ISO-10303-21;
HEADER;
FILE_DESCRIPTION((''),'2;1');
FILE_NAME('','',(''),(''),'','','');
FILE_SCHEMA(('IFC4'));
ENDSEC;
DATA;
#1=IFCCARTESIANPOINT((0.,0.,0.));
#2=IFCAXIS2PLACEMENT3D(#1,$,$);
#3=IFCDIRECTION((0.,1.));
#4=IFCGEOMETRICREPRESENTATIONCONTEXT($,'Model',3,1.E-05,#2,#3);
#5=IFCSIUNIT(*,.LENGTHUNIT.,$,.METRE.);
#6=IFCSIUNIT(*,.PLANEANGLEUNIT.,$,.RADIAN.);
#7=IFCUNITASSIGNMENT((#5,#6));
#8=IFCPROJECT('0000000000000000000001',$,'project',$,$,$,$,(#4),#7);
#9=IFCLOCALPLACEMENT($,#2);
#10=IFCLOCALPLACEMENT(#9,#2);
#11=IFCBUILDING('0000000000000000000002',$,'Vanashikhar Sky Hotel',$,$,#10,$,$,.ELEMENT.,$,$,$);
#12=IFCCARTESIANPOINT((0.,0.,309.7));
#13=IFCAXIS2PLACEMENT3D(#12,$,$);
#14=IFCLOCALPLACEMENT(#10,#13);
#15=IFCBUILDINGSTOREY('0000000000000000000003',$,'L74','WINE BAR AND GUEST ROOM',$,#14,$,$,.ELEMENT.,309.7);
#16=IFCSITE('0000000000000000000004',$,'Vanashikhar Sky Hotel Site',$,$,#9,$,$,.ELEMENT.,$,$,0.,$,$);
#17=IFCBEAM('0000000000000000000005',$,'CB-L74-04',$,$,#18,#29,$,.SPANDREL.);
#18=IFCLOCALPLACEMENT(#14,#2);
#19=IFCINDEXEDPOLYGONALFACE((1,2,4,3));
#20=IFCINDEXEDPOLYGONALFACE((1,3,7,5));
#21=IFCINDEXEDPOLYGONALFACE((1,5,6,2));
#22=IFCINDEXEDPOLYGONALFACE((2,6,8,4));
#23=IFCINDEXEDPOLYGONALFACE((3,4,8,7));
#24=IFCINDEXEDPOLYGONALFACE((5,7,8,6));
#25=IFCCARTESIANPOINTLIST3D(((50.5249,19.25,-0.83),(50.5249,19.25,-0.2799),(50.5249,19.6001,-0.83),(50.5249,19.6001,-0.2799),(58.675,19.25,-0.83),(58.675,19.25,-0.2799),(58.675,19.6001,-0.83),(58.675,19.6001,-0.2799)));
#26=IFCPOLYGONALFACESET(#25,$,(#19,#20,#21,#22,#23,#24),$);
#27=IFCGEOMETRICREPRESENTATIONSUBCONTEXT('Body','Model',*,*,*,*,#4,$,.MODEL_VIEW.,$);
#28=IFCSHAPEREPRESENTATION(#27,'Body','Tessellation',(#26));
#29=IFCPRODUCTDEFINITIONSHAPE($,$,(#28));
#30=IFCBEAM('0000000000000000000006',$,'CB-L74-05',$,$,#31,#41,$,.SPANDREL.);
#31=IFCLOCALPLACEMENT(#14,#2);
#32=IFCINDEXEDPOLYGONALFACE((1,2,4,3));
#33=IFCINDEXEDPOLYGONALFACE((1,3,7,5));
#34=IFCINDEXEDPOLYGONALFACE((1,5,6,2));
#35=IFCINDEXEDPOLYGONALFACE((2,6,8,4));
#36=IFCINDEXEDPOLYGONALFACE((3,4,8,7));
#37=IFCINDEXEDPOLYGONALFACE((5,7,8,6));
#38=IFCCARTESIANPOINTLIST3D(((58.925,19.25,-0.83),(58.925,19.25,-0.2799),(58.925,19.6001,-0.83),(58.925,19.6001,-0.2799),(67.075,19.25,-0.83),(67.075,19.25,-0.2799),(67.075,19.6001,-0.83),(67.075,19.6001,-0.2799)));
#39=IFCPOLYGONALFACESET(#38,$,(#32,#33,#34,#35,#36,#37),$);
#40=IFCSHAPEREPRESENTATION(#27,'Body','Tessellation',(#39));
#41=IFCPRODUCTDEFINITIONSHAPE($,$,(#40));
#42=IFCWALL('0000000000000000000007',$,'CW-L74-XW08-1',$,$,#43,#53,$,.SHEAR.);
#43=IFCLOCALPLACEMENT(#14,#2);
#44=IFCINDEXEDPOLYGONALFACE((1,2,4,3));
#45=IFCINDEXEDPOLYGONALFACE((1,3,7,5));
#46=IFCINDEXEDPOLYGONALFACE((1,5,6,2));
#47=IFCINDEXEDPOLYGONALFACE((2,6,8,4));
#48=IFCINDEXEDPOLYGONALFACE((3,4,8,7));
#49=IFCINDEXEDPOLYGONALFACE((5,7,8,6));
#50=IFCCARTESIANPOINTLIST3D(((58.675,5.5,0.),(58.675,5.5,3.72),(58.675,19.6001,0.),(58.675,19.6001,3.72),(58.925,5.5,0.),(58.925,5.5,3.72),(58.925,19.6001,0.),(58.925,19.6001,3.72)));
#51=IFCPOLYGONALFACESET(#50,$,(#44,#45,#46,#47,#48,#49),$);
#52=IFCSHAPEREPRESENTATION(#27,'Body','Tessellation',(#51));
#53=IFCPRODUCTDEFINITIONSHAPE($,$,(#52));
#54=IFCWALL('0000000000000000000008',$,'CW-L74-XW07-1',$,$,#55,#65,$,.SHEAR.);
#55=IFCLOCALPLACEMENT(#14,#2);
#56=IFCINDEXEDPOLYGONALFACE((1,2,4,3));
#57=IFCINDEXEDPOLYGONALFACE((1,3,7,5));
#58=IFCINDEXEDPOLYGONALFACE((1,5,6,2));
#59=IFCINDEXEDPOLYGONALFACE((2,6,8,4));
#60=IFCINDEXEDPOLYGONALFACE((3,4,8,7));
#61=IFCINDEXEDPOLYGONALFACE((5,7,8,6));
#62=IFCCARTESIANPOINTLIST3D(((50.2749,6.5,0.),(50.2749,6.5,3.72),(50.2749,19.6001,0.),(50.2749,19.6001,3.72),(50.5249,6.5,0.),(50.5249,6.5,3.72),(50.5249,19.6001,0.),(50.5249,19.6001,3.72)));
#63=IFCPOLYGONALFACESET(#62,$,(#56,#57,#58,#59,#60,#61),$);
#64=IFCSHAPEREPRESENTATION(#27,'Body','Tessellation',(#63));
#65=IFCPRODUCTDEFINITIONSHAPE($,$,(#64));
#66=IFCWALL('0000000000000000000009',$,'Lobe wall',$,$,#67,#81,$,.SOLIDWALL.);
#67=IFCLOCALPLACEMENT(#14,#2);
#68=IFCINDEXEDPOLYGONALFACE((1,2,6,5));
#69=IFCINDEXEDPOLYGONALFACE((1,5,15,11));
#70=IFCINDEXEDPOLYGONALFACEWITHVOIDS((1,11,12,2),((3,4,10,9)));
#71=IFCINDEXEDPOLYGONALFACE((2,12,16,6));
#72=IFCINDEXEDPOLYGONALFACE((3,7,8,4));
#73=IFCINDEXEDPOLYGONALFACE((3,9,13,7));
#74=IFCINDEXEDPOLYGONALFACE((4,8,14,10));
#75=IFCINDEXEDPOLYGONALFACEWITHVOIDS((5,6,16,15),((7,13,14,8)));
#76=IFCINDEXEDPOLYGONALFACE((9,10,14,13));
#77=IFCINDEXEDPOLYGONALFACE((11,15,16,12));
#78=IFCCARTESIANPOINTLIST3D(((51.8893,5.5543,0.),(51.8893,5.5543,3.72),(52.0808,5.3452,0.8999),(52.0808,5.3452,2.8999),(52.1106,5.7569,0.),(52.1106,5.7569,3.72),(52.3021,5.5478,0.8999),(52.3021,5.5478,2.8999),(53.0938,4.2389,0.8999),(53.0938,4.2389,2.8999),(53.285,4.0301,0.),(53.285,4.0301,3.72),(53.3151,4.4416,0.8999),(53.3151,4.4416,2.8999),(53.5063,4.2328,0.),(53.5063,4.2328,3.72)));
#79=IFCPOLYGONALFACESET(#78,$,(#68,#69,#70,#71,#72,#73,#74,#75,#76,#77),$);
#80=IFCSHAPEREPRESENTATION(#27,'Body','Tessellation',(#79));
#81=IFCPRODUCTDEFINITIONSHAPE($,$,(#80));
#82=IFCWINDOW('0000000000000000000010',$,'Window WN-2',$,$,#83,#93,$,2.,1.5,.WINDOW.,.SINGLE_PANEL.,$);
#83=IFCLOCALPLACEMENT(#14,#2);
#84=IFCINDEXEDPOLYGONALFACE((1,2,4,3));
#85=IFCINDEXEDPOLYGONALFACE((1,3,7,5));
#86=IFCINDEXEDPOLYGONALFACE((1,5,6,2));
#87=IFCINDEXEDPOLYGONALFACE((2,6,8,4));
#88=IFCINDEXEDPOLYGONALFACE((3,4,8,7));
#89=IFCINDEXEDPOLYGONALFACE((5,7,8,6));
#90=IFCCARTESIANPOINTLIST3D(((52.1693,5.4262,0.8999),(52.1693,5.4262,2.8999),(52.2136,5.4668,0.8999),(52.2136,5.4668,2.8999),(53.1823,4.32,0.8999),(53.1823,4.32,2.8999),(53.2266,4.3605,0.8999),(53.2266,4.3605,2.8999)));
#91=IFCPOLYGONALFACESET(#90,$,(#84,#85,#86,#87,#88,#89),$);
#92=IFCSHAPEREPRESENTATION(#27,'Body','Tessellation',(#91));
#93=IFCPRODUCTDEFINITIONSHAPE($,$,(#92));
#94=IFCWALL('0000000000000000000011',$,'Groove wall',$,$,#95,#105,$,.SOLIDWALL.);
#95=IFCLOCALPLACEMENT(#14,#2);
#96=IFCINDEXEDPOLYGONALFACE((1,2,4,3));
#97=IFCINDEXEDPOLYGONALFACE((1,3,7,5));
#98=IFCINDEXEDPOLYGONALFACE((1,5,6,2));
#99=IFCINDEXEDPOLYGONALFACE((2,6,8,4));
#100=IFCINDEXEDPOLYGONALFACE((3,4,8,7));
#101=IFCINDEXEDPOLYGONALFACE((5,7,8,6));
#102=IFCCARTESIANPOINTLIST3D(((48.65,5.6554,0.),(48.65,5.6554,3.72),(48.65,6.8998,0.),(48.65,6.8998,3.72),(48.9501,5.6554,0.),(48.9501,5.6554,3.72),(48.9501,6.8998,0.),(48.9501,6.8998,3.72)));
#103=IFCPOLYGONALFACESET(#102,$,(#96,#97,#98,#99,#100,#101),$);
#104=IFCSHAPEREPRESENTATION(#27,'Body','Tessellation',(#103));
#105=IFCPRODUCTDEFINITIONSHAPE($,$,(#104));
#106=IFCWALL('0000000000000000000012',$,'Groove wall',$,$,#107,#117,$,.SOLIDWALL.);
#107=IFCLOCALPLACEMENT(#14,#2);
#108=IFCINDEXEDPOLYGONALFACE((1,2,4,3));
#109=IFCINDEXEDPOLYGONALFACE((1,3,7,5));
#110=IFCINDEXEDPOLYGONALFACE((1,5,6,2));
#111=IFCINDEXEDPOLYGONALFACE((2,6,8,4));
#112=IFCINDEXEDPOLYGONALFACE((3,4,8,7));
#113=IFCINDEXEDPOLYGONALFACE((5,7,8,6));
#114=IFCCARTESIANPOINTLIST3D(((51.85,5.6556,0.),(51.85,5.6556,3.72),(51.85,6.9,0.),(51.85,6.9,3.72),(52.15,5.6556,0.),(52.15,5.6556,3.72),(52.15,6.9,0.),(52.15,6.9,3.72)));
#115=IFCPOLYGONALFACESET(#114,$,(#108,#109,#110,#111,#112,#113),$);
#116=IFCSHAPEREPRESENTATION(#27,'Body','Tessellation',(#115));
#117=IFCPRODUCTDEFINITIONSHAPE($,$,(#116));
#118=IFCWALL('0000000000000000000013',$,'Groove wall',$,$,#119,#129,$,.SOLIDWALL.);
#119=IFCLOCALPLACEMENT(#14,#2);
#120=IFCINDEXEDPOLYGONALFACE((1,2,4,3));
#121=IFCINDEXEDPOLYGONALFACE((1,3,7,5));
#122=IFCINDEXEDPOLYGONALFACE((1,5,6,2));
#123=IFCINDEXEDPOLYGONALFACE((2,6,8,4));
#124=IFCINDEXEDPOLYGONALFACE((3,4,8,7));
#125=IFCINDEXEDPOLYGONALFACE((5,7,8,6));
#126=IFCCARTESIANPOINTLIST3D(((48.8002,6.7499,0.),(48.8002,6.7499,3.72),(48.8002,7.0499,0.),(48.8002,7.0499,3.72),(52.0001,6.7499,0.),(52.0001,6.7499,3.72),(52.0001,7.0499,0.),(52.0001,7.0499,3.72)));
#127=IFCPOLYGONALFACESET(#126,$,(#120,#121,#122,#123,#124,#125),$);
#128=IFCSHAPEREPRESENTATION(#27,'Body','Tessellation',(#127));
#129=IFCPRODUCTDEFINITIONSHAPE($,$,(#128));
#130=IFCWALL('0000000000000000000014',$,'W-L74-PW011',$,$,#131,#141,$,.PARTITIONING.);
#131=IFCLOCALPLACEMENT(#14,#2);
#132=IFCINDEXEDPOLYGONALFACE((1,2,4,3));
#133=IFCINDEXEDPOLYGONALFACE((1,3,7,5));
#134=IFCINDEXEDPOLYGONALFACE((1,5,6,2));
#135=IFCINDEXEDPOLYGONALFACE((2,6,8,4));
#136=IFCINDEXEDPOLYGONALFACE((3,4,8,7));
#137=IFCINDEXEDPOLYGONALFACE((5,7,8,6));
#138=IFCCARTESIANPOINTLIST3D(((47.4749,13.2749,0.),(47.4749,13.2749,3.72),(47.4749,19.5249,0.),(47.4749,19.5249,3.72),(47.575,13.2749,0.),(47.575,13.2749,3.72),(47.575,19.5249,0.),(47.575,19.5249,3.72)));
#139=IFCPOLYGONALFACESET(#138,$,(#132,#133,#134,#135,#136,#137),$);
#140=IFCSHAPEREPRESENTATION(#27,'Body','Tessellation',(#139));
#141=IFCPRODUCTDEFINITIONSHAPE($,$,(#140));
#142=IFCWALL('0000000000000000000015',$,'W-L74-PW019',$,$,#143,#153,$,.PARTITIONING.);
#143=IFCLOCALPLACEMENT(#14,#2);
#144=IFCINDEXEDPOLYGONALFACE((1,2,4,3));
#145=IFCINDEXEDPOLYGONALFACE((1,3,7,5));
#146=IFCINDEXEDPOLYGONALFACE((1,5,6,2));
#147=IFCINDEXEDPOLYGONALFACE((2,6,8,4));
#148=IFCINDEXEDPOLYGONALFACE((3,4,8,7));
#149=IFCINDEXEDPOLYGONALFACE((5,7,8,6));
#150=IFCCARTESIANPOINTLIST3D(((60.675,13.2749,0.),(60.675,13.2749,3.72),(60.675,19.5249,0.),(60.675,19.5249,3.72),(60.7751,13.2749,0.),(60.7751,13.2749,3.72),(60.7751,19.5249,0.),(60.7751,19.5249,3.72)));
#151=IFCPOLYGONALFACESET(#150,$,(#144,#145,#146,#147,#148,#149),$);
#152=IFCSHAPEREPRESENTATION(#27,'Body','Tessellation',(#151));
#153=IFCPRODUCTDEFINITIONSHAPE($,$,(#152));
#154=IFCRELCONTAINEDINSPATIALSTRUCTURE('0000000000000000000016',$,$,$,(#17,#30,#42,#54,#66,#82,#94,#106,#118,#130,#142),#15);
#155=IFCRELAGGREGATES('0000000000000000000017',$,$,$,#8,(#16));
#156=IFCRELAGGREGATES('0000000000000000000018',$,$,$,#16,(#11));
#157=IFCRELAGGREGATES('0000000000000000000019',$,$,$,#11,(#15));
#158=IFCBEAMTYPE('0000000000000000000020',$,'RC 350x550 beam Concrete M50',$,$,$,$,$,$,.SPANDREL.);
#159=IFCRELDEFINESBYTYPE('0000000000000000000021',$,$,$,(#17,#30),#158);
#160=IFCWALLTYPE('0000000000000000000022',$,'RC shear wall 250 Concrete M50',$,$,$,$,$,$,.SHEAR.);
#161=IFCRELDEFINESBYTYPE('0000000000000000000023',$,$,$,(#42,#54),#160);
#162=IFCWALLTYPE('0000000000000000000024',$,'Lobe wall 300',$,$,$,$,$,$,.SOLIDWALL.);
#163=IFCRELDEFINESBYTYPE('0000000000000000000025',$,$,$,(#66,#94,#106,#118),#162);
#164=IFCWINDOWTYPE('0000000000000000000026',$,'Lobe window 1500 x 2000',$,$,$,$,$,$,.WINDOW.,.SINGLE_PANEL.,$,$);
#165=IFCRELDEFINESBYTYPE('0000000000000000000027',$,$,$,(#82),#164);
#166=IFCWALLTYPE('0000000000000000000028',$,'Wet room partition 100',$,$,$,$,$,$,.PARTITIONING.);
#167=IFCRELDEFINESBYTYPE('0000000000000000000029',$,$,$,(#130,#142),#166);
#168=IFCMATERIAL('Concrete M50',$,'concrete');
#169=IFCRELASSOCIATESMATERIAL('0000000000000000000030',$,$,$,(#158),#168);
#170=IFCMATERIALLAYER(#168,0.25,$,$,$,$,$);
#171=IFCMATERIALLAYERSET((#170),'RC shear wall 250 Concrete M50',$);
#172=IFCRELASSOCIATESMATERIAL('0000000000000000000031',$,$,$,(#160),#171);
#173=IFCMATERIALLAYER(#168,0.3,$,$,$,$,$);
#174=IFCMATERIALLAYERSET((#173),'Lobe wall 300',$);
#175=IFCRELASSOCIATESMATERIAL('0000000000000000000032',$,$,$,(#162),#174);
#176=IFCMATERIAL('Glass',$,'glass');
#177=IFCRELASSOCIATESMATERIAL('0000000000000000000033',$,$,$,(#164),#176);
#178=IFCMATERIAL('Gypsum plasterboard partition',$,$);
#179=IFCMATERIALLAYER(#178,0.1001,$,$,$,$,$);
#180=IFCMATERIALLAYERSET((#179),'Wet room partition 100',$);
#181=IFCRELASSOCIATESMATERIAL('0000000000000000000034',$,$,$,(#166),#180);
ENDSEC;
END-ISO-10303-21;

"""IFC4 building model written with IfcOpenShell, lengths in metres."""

from ifc_helpers import new_model, si_unit, direction, frame, frame_2d, origin, origin_2d, place, context, subcontext, project, spatial, rectangle, extrude, source, transform, mapped, material, layer, layer_set, material_profile, profile_set, type_object, element, fill, save


model = new_model("IFC4")

# Units and contexts
model_context = context("Model", 3, precision=1e-05, world=origin(), true_north=direction((0.0, 1.0)))
body_context = subcontext(model_context, "Body", "Model", "MODEL_VIEW")
ifc_project = project(units=[si_unit("LENGTHUNIT", "METRE"), si_unit("PLANEANGLEUNIT", "RADIAN")], contexts=[model_context])

# Site, building, storey
site_placement = place(None, origin())
site = spatial("IfcSite", under=ifc_project, at=site_placement, Name="Vanashikhar Sky Hotel Site", CompositionType="ELEMENT", RefElevation=0.0)
building_placement = place(site_placement, origin())
building = spatial("IfcBuilding", under=site, at=building_placement, Name="Vanashikhar Sky Hotel", CompositionType="ELEMENT")
storey_placement = place(building_placement, frame((0.0, 0.0, 309.7)))
storey = spatial("IfcBuildingStorey", under=building, at=storey_placement, Name="L74", Description="WINE BAR AND GUEST ROOM", CompositionType="ELEMENT", Elevation=309.7)

# Beams
ifc_material_1 = material(Name="Concrete M50", Category="concrete")
ifc_material_profile_1 = material_profile(ifc_material_1, rectangle(XDim=0.3501, YDim=0.55, at=origin_2d()))
ifc_profile_set_1 = profile_set([ifc_material_profile_1], Name="RC 350x550 beam Concrete M50")
beam_type = type_object("IfcBeamType", Name="RC 350x550 beam Concrete M50", PredefinedType="SPANDREL", material=ifc_profile_set_1)
shared_shape_1 = source(origin(), body_context, "Body", "SweptSolid", [
    extrude(rectangle(XDim=0.3501, YDim=0.55, at=origin_2d()), origin(), (0.0, 0.0, 1.0), 8.1501),
])
beam_1_placement = place(storey_placement, frame((50.5249, 19.425, -0.5549), z_axis=(1.0, 0.0, 0.0), x_axis=(0.0, 1.0, 0.0)))
element("IfcBeam", 1, at=beam_1_placement, inside=storey, type_object=beam_type, Name="CB-L74-04", PredefinedType="SPANDREL", context=body_context, shape_type="MappedRepresentation", body=[
    mapped(shared_shape_1, transform((0.0, 0.0, 0.0), scale=1.0)),
])
shared_shape_2 = source(origin(), body_context, "Body", "SweptSolid", [
    extrude(rectangle(XDim=0.3501, YDim=0.55, at=origin_2d()), origin(), (0.0, 0.0, 1.0), 8.1499),
])
beam_2_placement = place(storey_placement, frame((58.925, 19.425, -0.5549), z_axis=(1.0, 0.0, 0.0), x_axis=(0.0, 1.0, 0.0)))
element("IfcBeam", 2, at=beam_2_placement, inside=storey, type_object=beam_type, Name="CB-L74-05", PredefinedType="SPANDREL", context=body_context, shape_type="MappedRepresentation", body=[
    mapped(shared_shape_2, transform((0.0, 0.0, 0.0), scale=1.0)),
])

# Walls
ifc_layer_1 = layer(ifc_material_1, 0.25)
ifc_layer_set_1 = layer_set([ifc_layer_1], Name="RC shear wall 250 Concrete M50")
wall_type_1 = type_object("IfcWallType", Name="RC shear wall 250 Concrete M50", PredefinedType="SHEAR", material=ifc_layer_set_1)
shared_shape_3 = source(origin(), body_context, "Body", "SweptSolid", [
    extrude(rectangle(XDim=14.1001, YDim=0.25, at=frame_2d((7.05, 0.0))), origin(), (0.0, 0.0, 1.0), 3.72),
])
wall_1_placement = place(storey_placement, frame((58.8, 5.5, 0.0), z_axis=(0.0, 0.0, 1.0), x_axis=(0.0, 1.0, 0.0)))
element("IfcWall", 3, at=wall_1_placement, inside=storey, type_object=wall_type_1, Name="CW-L74-XW08-1", PredefinedType="SHEAR", context=body_context, shape_type="MappedRepresentation", body=[
    mapped(shared_shape_3, transform((0.0, 0.0, 0.0), scale=1.0)),
])
shared_shape_4 = source(origin(), body_context, "Body", "SweptSolid", [
    extrude(rectangle(XDim=13.1001, YDim=0.25, at=frame_2d((6.55, 0.0))), origin(), (0.0, 0.0, 1.0), 3.72),
])
wall_2_placement = place(storey_placement, frame((50.3999, 6.5, 0.0), z_axis=(0.0, 0.0, 1.0), x_axis=(0.0, 1.0, 0.0)))
element("IfcWall", 4, at=wall_2_placement, inside=storey, type_object=wall_type_1, Name="CW-L74-XW07-1", PredefinedType="SHEAR", context=body_context, shape_type="MappedRepresentation", body=[
    mapped(shared_shape_4, transform((0.0, 0.0, 0.0), scale=1.0)),
])

# Wall, opening, window
ifc_layer_2 = layer(ifc_material_1, 0.3)
ifc_layer_set_2 = layer_set([ifc_layer_2], Name="Lobe wall 300")
wall_type_2 = type_object("IfcWallType", Name="Lobe wall 300", PredefinedType="SOLIDWALL", material=ifc_layer_set_2)
shared_shape_5 = source(origin(), body_context, "Body", "SweptSolid", [
    extrude(rectangle(XDim=2.0667, YDim=0.3, at=frame_2d((1.0332, 0.0))), origin(), (0.0, 0.0, 1.0), 3.72),
])
wall_3_placement = place(storey_placement, frame((52.0, 5.6555, 0.0), z_axis=(0.0, 0.0, 1.0), x_axis=(0.675355, -0.737492, 0.0)))
wall_3 = element("IfcWall", 5, at=wall_3_placement, inside=storey, type_object=wall_type_2, Name="Lobe wall", PredefinedType="SOLIDWALL", context=body_context, shape_type="MappedRepresentation", body=[
    mapped(shared_shape_5, transform((0.0, 0.0, 0.0), scale=1.0)),
])
shared_shape_6 = source(origin(), body_context, "Body", "SweptSolid", [
    extrude(rectangle(XDim=1.5, YDim=2.0, at=frame_2d((0.75, 1.0))), frame((0.0, 0.1602, 0.0), z_axis=(0.0, -1.0, 0.0), x_axis=(1.0, 0.0, 0.0)), (0.0, 0.0, 1.0), 0.3201),
])
opening_1_placement = place(wall_3_placement, frame((0.2834, 0.0, 0.8999)))
opening_1 = element("IfcOpeningElement", 6, at=opening_1_placement, cuts=wall_3, PredefinedType="OPENING", context=body_context, shape_type="MappedRepresentation", body=[
    mapped(shared_shape_6, transform((0.0, 0.0, 0.0), scale=1.0)),
])
ifc_material_2 = material(Name="Glass", Category="glass")
window_type = type_object("IfcWindowType", Name="Lobe window 1500 x 2000", PartitioningType="SINGLE_PANEL", PredefinedType="WINDOW", material=ifc_material_2)
shared_shape_7 = source(origin(), body_context, "Body", "SweptSolid", [
    extrude(rectangle(XDim=1.5, YDim=2.0, at=frame_2d((0.75, 1.0))), frame((0.0, 0.03, 0.0), z_axis=(0.0, -1.0, 0.0), x_axis=(1.0, 0.0, 0.0)), (0.0, 0.0, 1.0), 0.0601),
])
window_placement = place(opening_1_placement, origin())
window = element("IfcWindow", 7, at=window_placement, inside=storey, type_object=window_type, Name="Window WN-2", OverallHeight=2.0, OverallWidth=1.5, PartitioningType="SINGLE_PANEL", PredefinedType="WINDOW", context=body_context, shape_type="MappedRepresentation", body=[
    mapped(shared_shape_7, transform((0.0, 0.0, 0.0), scale=1.0)),
])
fill(opening_1, window)

# Walls
shared_shape_8 = source(origin(), body_context, "Body", "SweptSolid", [
    extrude(rectangle(XDim=1.2444, YDim=0.3, at=frame_2d((0.6221, 0.0))), origin(), (0.0, 0.0, 1.0), 3.72),
])
for number, where, z_axis, x_axis, name in (
    (8, (48.8, 5.6555, 0.0), (0.0, 0.0, 1.0), (0.0, 1.0, 0.0), "Groove wall"),
    (9, (52.0, 6.8999, 0.0), (0.0, 0.0, 1.0), (0.0, -1.0, 0.0), "Groove wall"),
):
    element("IfcWall", number, at=place(storey_placement, frame(where, z_axis=z_axis, x_axis=x_axis)), inside=storey, type_object=wall_type_2, Name=name, PredefinedType="SOLIDWALL", context=body_context, shape_type="MappedRepresentation", body=[
        mapped(shared_shape_8, transform((0.0, 0.0, 0.0), scale=1.0)),
    ])
shared_shape_9 = source(origin(), body_context, "Body", "SweptSolid", [
    extrude(rectangle(XDim=3.2, YDim=0.3, at=frame_2d((1.6001, 0.0))), origin(), (0.0, 0.0, 1.0), 3.72),
])
wall_4_placement = place(storey_placement, frame((48.8, 6.8999, 0.0), z_axis=(0.0, 0.0, 1.0), x_axis=(1.0, 0.0, 0.0)))
element("IfcWall", 10, at=wall_4_placement, inside=storey, type_object=wall_type_2, Name="Groove wall", PredefinedType="SOLIDWALL", context=body_context, shape_type="MappedRepresentation", body=[
    mapped(shared_shape_9, transform((0.0, 0.0, 0.0), scale=1.0)),
])
ifc_material_3 = material(Name="Gypsum plasterboard partition")
ifc_layer_3 = layer(ifc_material_3, 0.1001)
ifc_layer_set_3 = layer_set([ifc_layer_3], Name="Wet room partition 100")
wall_type_3 = type_object("IfcWallType", Name="Wet room partition 100", PredefinedType="PARTITIONING", material=ifc_layer_set_3)
shared_shape_10 = source(origin(), body_context, "Body", "SweptSolid", [
    extrude(rectangle(XDim=6.25, YDim=0.1001, at=frame_2d((3.125, 0.0))), origin(), (0.0, 0.0, 1.0), 3.72),
])
for number, where, z_axis, x_axis, name in (
    (11, (47.5249, 13.2749, 0.0), (0.0, 0.0, 1.0), (0.0, 1.0, 0.0), "W-L74-PW011"),
    (12, (60.7251, 13.2749, 0.0), (0.0, 0.0, 1.0), (0.0, 1.0, 0.0), "W-L74-PW019"),
):
    element("IfcWall", number, at=place(storey_placement, frame(where, z_axis=z_axis, x_axis=x_axis)), inside=storey, type_object=wall_type_3, Name=name, PredefinedType="PARTITIONING", context=body_context, shape_type="MappedRepresentation", body=[
        mapped(shared_shape_10, transform((0.0, 0.0, 0.0), scale=1.0)),
    ])

save(model, "model.ifc")
